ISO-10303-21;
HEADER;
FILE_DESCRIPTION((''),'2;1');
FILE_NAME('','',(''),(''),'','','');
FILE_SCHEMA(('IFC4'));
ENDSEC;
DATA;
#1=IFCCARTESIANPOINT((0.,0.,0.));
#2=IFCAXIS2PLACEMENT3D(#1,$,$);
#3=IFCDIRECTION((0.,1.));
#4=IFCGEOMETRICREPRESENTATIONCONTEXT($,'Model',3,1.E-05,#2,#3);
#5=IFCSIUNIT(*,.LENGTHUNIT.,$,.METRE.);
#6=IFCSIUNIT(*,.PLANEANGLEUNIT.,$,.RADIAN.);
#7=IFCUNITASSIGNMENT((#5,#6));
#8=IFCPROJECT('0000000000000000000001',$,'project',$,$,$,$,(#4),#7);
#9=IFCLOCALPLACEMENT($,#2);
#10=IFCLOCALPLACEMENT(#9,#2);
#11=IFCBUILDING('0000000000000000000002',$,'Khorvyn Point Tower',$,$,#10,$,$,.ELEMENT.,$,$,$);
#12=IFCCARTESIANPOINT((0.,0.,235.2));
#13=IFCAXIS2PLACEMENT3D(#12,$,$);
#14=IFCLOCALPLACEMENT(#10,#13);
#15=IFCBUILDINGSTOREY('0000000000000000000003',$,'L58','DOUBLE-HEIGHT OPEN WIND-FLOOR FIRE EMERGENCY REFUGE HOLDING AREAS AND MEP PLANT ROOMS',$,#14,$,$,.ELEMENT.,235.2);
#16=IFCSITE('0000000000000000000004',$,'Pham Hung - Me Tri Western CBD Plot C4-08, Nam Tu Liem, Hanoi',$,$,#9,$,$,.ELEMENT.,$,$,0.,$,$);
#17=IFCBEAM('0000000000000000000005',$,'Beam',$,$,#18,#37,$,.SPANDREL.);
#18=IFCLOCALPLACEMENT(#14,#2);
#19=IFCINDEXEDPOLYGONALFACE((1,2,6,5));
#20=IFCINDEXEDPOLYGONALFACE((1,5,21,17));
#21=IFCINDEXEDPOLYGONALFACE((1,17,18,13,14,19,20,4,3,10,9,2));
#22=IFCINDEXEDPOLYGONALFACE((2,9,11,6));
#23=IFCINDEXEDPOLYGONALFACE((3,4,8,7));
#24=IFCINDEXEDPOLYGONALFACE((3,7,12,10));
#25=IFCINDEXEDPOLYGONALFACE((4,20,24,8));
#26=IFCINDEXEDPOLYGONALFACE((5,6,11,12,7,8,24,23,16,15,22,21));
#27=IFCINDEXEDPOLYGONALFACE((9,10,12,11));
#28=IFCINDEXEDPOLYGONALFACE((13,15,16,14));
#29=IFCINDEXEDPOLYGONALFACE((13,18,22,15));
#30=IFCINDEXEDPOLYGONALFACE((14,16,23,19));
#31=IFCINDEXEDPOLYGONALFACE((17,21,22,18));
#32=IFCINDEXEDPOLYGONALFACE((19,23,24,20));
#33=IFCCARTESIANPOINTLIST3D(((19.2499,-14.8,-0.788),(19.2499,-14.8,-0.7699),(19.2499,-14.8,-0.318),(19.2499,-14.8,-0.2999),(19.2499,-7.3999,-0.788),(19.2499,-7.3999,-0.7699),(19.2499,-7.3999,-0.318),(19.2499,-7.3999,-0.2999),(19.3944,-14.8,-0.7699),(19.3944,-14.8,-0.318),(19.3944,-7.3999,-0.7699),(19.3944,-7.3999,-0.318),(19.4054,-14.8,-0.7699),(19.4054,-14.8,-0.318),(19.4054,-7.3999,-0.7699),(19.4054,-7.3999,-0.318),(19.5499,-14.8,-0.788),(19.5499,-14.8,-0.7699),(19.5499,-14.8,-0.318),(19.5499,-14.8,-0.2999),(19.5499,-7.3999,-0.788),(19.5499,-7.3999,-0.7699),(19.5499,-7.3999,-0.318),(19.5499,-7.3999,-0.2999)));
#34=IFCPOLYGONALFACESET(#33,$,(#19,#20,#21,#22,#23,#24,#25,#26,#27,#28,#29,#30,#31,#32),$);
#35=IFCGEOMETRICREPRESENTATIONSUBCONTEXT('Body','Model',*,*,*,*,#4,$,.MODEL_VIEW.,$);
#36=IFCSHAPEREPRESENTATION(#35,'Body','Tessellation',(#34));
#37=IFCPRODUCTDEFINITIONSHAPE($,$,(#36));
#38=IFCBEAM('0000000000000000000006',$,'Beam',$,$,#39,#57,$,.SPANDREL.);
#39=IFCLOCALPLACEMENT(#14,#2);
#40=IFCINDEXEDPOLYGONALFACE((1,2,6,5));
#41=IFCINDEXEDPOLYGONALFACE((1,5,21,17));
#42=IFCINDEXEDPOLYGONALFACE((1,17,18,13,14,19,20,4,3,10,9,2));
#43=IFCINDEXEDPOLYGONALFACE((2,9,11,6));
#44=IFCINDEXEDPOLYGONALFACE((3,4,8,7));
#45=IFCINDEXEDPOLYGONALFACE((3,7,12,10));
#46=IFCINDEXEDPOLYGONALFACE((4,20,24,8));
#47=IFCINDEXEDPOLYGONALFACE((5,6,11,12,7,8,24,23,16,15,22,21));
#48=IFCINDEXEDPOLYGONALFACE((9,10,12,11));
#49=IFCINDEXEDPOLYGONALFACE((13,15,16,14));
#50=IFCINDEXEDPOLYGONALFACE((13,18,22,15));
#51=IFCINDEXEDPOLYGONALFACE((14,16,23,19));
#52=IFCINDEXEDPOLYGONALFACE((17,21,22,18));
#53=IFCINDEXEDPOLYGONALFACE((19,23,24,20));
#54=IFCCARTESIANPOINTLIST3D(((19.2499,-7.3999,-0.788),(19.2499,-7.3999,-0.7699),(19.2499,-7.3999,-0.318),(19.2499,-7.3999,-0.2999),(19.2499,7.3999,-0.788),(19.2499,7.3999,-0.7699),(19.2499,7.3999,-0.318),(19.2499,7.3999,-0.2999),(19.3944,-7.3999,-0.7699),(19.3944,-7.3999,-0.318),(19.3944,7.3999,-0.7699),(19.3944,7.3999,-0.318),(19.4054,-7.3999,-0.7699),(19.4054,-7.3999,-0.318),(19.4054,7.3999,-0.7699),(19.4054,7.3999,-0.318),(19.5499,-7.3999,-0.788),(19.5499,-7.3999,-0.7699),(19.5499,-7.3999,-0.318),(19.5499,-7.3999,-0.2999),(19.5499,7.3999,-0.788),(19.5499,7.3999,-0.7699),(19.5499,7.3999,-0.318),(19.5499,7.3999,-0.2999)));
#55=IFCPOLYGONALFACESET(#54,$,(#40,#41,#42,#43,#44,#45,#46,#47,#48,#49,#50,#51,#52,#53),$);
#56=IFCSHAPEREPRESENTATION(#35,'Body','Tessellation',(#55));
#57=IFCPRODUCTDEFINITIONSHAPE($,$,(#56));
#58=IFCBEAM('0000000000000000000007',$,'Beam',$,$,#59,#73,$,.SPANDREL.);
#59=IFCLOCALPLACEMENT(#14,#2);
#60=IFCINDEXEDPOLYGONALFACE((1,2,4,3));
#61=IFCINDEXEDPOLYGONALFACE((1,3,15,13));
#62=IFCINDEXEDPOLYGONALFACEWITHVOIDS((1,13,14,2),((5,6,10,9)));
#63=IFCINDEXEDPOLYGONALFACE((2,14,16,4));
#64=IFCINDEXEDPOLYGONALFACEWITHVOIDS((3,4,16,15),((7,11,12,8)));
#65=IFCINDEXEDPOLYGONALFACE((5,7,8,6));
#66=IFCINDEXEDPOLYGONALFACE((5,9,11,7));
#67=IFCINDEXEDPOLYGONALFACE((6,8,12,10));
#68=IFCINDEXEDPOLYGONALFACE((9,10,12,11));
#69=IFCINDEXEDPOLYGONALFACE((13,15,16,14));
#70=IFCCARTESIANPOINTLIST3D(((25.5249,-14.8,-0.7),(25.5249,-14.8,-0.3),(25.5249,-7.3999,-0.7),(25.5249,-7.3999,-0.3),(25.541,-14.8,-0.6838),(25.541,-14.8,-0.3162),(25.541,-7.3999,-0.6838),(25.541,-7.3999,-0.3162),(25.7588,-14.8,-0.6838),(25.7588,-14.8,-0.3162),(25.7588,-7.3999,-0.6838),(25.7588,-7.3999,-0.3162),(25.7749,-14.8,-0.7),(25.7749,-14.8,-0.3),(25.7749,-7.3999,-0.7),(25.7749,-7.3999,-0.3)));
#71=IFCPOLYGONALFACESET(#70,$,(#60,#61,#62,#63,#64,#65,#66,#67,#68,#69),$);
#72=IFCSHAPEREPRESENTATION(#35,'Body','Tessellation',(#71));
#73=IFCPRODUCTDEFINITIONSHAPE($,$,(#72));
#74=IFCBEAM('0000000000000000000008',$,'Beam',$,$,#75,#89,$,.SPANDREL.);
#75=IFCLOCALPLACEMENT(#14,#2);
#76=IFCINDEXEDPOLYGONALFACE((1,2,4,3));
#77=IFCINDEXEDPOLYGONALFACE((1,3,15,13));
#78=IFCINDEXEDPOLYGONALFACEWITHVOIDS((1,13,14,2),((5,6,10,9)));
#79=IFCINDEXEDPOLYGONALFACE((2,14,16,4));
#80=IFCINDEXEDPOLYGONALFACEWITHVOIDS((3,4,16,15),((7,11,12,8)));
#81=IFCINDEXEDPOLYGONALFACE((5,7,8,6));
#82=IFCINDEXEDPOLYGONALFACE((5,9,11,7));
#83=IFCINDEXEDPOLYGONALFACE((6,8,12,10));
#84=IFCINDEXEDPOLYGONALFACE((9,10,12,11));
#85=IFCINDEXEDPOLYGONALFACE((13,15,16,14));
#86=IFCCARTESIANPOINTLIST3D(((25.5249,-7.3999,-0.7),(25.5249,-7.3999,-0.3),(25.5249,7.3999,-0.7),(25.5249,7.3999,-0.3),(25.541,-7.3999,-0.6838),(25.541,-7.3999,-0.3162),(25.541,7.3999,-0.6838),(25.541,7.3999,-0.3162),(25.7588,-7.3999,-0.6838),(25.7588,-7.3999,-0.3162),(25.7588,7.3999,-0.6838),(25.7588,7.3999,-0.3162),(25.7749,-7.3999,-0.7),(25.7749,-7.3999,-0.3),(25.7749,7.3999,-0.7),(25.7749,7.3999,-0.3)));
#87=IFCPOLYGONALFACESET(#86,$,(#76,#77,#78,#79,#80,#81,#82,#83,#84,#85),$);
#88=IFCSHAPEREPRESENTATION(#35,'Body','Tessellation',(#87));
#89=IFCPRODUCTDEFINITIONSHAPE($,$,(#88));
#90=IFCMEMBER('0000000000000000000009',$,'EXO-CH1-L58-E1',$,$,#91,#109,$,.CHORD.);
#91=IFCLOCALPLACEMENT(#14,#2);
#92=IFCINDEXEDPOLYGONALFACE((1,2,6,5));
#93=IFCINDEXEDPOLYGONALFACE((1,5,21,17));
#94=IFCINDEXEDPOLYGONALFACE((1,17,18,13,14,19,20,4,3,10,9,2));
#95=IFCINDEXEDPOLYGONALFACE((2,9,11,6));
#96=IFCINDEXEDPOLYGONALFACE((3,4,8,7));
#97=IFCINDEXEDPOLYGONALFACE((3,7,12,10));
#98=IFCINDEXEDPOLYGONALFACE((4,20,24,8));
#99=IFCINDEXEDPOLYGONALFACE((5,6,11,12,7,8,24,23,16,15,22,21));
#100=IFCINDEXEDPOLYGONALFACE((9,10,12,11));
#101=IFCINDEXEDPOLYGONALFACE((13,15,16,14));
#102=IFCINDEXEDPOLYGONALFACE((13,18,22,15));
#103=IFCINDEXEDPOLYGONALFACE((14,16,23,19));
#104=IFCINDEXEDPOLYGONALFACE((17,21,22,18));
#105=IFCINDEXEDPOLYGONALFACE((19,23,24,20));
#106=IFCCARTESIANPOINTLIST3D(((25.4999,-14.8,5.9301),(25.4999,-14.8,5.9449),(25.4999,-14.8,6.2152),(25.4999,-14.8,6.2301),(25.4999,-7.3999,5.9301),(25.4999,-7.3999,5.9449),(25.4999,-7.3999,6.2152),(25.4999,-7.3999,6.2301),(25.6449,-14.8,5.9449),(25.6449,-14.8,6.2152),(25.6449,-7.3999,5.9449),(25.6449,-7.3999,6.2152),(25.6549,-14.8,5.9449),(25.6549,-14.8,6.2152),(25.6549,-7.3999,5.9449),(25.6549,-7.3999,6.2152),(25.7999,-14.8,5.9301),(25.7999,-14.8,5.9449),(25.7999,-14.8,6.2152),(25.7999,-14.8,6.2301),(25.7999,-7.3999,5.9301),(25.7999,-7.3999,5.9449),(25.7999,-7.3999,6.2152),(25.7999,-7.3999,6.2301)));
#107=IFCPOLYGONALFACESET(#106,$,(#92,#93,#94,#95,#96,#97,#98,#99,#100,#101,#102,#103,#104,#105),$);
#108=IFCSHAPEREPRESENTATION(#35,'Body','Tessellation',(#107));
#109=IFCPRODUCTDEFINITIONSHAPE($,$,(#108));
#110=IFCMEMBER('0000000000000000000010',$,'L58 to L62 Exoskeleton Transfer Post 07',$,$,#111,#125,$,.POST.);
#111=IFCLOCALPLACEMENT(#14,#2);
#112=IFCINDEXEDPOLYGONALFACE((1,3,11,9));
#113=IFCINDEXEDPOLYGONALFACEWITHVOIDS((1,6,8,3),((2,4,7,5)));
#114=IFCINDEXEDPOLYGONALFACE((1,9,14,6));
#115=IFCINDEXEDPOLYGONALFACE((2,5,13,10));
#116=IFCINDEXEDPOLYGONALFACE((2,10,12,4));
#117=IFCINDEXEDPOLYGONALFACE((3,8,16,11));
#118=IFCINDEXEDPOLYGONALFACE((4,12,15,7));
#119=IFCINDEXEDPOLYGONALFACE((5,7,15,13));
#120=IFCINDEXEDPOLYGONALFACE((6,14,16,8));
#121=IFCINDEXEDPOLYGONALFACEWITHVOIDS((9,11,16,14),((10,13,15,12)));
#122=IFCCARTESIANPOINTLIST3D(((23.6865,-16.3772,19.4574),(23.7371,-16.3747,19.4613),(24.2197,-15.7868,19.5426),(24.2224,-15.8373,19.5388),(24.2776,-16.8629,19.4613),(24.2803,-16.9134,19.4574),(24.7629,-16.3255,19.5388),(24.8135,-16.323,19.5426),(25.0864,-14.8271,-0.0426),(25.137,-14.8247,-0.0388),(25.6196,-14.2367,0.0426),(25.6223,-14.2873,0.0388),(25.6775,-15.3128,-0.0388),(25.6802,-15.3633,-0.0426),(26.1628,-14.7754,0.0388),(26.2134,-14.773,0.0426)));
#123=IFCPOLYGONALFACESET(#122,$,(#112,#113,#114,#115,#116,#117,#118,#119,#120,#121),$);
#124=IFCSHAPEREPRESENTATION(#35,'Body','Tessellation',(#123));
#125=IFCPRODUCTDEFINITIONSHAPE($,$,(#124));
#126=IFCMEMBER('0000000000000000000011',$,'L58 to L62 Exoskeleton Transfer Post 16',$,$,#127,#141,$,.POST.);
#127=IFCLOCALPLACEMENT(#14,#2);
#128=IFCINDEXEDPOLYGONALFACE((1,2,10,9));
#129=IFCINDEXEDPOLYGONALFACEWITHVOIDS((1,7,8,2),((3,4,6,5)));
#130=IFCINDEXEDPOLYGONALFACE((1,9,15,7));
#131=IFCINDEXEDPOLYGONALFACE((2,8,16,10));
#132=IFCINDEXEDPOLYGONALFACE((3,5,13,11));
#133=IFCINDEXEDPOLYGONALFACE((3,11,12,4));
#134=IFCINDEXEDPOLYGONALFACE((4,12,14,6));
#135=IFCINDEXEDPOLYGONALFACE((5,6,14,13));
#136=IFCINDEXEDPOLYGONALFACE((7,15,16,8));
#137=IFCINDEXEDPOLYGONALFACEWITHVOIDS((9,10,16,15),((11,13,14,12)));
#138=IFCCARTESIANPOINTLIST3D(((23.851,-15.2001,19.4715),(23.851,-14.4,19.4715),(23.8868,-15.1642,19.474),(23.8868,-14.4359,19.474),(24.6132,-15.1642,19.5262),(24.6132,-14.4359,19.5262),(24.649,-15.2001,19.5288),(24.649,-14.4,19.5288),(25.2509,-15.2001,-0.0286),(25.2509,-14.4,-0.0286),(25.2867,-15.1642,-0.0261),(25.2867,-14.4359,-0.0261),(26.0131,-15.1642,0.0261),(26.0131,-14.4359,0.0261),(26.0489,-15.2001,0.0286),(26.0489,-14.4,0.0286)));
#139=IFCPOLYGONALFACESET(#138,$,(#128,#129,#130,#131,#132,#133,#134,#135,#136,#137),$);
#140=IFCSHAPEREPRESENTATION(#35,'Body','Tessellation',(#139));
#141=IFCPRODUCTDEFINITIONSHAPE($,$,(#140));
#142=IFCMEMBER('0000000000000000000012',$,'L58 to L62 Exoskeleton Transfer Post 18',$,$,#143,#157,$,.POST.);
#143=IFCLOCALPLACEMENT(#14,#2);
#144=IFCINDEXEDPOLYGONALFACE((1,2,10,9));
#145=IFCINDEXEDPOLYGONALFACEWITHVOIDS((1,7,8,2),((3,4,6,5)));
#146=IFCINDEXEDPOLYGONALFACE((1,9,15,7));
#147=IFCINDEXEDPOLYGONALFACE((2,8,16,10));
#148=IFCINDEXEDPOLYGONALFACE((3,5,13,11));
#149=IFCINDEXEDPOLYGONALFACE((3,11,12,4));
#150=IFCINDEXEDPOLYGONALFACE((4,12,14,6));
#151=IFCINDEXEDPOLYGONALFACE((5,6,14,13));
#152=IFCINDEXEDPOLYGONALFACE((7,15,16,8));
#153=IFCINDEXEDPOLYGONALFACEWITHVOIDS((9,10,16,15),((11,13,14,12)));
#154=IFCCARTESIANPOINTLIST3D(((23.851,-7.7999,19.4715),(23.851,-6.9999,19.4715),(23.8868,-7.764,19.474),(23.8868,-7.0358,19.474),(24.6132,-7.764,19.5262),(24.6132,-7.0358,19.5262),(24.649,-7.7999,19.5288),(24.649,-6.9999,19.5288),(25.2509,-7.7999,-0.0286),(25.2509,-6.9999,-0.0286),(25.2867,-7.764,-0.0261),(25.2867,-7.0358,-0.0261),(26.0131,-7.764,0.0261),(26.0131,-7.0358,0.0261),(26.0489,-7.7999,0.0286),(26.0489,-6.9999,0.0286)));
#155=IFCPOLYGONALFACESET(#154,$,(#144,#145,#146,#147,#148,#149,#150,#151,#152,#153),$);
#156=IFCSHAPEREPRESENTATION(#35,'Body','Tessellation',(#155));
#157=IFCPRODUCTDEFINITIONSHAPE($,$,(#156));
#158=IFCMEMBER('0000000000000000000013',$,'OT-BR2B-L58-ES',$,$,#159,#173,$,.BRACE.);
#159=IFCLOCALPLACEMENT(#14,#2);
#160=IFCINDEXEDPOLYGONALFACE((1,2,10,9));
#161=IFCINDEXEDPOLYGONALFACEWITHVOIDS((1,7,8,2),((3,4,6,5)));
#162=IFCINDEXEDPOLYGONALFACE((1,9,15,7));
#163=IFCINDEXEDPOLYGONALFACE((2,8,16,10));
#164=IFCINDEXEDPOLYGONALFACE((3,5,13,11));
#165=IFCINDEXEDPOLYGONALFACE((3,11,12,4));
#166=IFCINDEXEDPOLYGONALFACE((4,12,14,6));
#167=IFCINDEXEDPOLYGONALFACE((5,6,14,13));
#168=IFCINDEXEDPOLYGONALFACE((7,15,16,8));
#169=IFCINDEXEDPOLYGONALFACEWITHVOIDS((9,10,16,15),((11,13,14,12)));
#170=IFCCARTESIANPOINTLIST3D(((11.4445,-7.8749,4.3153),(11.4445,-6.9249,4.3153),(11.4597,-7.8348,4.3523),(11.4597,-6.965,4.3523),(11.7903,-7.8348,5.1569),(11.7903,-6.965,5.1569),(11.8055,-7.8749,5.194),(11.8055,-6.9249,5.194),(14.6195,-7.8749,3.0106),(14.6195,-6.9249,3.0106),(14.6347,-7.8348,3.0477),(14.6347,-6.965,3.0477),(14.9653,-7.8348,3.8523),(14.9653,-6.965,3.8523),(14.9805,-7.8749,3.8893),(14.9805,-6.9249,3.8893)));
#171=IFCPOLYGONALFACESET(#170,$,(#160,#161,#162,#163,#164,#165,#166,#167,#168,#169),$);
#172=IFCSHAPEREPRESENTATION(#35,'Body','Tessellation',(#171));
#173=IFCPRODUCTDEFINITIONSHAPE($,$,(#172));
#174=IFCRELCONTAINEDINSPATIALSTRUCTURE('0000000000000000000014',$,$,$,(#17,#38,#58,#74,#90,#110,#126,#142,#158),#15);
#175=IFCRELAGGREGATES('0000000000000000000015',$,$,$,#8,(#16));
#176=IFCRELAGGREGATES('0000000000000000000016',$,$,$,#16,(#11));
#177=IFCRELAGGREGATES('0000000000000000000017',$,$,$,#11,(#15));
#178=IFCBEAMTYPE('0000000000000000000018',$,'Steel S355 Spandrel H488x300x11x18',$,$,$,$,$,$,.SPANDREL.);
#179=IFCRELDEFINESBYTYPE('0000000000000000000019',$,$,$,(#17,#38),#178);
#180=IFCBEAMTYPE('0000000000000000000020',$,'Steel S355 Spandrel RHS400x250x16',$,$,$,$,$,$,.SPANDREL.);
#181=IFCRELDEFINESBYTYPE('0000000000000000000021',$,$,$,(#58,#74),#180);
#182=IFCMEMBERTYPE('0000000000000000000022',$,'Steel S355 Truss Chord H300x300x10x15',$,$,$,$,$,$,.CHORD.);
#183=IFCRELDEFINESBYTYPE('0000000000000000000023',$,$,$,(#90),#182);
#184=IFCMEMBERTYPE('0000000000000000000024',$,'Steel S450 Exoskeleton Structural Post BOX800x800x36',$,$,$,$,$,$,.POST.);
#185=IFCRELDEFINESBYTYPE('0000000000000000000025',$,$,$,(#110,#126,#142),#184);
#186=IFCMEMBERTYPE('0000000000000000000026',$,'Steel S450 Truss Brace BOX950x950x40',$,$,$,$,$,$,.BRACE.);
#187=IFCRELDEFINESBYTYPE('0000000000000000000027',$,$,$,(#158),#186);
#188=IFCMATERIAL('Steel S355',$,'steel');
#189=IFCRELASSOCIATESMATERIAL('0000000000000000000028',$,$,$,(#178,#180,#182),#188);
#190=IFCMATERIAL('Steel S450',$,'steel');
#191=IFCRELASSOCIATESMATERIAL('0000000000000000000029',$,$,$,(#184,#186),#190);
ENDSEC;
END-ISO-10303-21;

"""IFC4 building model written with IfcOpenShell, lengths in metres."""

from ifc_helpers import new_model, si_unit, direction, frame, origin, origin_2d, place, context, subcontext, project, spatial, hollow_rectangle, i_section, extrude, material, material_profile, profile_set, type_object, element, save


model = new_model("IFC4")

# Units and contexts
model_context = context("Model", 3, precision=1e-05, world=origin(), true_north=direction((0.0, 1.0)))
body_context = subcontext(model_context, "Body", "Model", "MODEL_VIEW")
ifc_project = project(units=[si_unit("LENGTHUNIT", "METRE"), si_unit("PLANEANGLEUNIT", "RADIAN")], contexts=[model_context])

# Site, building, storey
site_placement = place(None, origin())
site = spatial("IfcSite", under=ifc_project, at=site_placement, Name="Pham Hung - Me Tri Western CBD Plot C4-08, Nam Tu Liem, Hanoi", CompositionType="ELEMENT", RefElevation=0.0)
building_placement = place(site_placement, origin())
building = spatial("IfcBuilding", under=site, at=building_placement, Name="Khorvyn Point Tower", CompositionType="ELEMENT")
storey_placement = place(building_placement, frame((0.0, 0.0, 235.2)))
storey = spatial("IfcBuildingStorey", under=building, at=storey_placement, Name="L58", Description="DOUBLE-HEIGHT OPEN WIND-FLOOR FIRE EMERGENCY REFUGE HOLDING AREAS AND MEP PLANT ROOMS", CompositionType="ELEMENT", Elevation=235.2)

# Shared definitions
ifc_material_1 = material(Name="Steel S450", Category="steel")

# Beams
ifc_material_2 = material(Name="Steel S355", Category="steel")
ifc_material_profile_1 = material_profile(ifc_material_2, i_section(OverallWidth=0.3, OverallDepth=0.488, WebThickness=0.011, FlangeThickness=0.0181, at=origin_2d()))
ifc_profile_set_1 = profile_set([ifc_material_profile_1], Name="Steel S355 H488x300x11x18")
beam_type_1 = type_object("IfcBeamType", Name="Steel S355 Spandrel H488x300x11x18", PredefinedType="SPANDREL", material=ifc_profile_set_1)
beam_1_placement = place(storey_placement, frame((19.3999, -14.8, -0.5439), z_axis=(0.0, 1.0, 0.0), x_axis=(-1.0, 0.0, 0.0)))
element("IfcBeam", 1, at=beam_1_placement, inside=storey, type_object=beam_type_1, Name="Beam", PredefinedType="SPANDREL", context=body_context, shape_type="SweptSolid", body=[
    extrude(i_section(OverallWidth=0.3, OverallDepth=0.488, WebThickness=0.011, FlangeThickness=0.0181, at=origin_2d()), origin(), (0.0, 0.0, 1.0), 7.4001),
])
beam_2_placement = place(storey_placement, frame((19.3999, -7.3999, -0.5439), z_axis=(0.0, 1.0, 0.0), x_axis=(-1.0, 0.0, 0.0)))
element("IfcBeam", 2, at=beam_2_placement, inside=storey, type_object=beam_type_1, Name="Beam", PredefinedType="SPANDREL", context=body_context, shape_type="SweptSolid", body=[
    extrude(i_section(OverallWidth=0.3, OverallDepth=0.488, WebThickness=0.011, FlangeThickness=0.0181, at=origin_2d()), origin(), (0.0, 0.0, 1.0), 14.7998),
])
ifc_material_profile_2 = material_profile(ifc_material_2, hollow_rectangle(XDim=0.25, YDim=0.3999, WallThickness=0.0161, at=origin_2d()))
ifc_profile_set_2 = profile_set([ifc_material_profile_2], Name="Steel S355 RHS400x250x16")
beam_type_2 = type_object("IfcBeamType", Name="Steel S355 Spandrel RHS400x250x16", PredefinedType="SPANDREL", material=ifc_profile_set_2)
beam_3_placement = place(storey_placement, frame((25.6499, -14.8, -0.5), z_axis=(0.0, 1.0, 0.0), x_axis=(-1.0, 0.0, 0.0)))
element("IfcBeam", 3, at=beam_3_placement, inside=storey, type_object=beam_type_2, Name="Beam", PredefinedType="SPANDREL", context=body_context, shape_type="SweptSolid", body=[
    extrude(hollow_rectangle(XDim=0.25, YDim=0.3999, WallThickness=0.0161, at=origin_2d()), origin(), (0.0, 0.0, 1.0), 7.4001),
])
beam_4_placement = place(storey_placement, frame((25.6499, -7.3999, -0.5), z_axis=(0.0, 1.0, 0.0), x_axis=(-1.0, 0.0, 0.0)))
element("IfcBeam", 4, at=beam_4_placement, inside=storey, type_object=beam_type_2, Name="Beam", PredefinedType="SPANDREL", context=body_context, shape_type="SweptSolid", body=[
    extrude(hollow_rectangle(XDim=0.25, YDim=0.3999, WallThickness=0.0161, at=origin_2d()), origin(), (0.0, 0.0, 1.0), 14.7998),
])

# Members
ifc_material_profile_3 = material_profile(ifc_material_2, i_section(OverallWidth=0.3, OverallDepth=0.3, WebThickness=0.01, FlangeThickness=0.0149, at=origin_2d()))
ifc_profile_set_3 = profile_set([ifc_material_profile_3], Name="Steel S355 H300x300x10x15")
member_type_1 = type_object("IfcMemberType", Name="Steel S355 Truss Chord H300x300x10x15", PredefinedType="CHORD", material=ifc_profile_set_3)
member_1_placement = place(storey_placement, frame((25.6499, -14.8, 6.0801), z_axis=(0.0, 1.0, 0.0), x_axis=(-1.0, 0.0, 0.0)))
element("IfcMember", 5, at=member_1_placement, inside=storey, type_object=member_type_1, Name="EXO-CH1-L58-E1", PredefinedType="CHORD", context=body_context, shape_type="SweptSolid", body=[
    extrude(i_section(OverallWidth=0.3, OverallDepth=0.3, WebThickness=0.01, FlangeThickness=0.0149, at=origin_2d()), origin(), (0.0, 0.0, 1.0), 7.4001),
])
ifc_material_profile_4 = material_profile(ifc_material_1, hollow_rectangle(XDim=0.8, YDim=0.8, WallThickness=0.0359, at=origin_2d()))
ifc_profile_set_4 = profile_set([ifc_material_profile_4], Name="Steel S450 BOX800x800x36")
member_type_2 = type_object("IfcMemberType", Name="Steel S450 Exoskeleton Structural Post BOX800x800x36", PredefinedType="POST", material=ifc_profile_set_4)
member_2_placement = place(storey_placement, frame((25.6499, -14.8, 0.0), z_axis=(-0.071382, -0.079038, 0.994313), x_axis=(0.742136, -0.670249, 0.0)))
element("IfcMember", 6, at=member_2_placement, inside=storey, type_object=member_type_2, Name="L58 to L62 Exoskeleton Transfer Post 07", PredefinedType="POST", context=body_context, shape_type="SweptSolid", body=[
    extrude(hollow_rectangle(XDim=0.8, YDim=0.8, WallThickness=0.0359, at=origin_2d()), origin(), (0.0, 0.0, 1.0), 19.6116),
])
for number, where, z_axis, x_axis, name in (
    (7, (25.6499, -14.8, 0.0), (-0.071606, 0.0, 0.997433), (0.0, -1.0, 0.0), "L58 to L62 Exoskeleton Transfer Post 16"),
    (8, (25.6499, -7.3999, 0.0), (-0.071606, 0.0, 0.997433), (0.0, -1.0, 0.0), "L58 to L62 Exoskeleton Transfer Post 18"),
):
    element("IfcMember", number, at=place(storey_placement, frame(where, z_axis=z_axis, x_axis=x_axis)), inside=storey, type_object=member_type_2, Name=name, PredefinedType="POST", context=body_context, shape_type="SweptSolid", body=[
        extrude(hollow_rectangle(XDim=0.8, YDim=0.8, WallThickness=0.0359, at=origin_2d()), origin(), (0.0, 0.0, 1.0), 19.5503),
    ])
ifc_material_profile_5 = material_profile(ifc_material_1, hollow_rectangle(XDim=0.95, YDim=0.95, WallThickness=0.04, at=origin_2d()))
ifc_profile_set_5 = profile_set([ifc_material_profile_5], Name="Steel S450 BOX950x950x40")
member_type_3 = type_object("IfcMemberType", Name="Steel S450 Truss Brace BOX950x950x40", PredefinedType="BRACE", material=ifc_profile_set_5)
member_3_placement = place(storey_placement, frame((11.625, -7.3999, 4.7546), z_axis=(0.924953, 0.0, -0.380081), x_axis=(0.0, 1.0, 0.0)))
element("IfcMember", 9, at=member_3_placement, inside=storey, type_object=member_type_3, Name="OT-BR2B-L58-ES", PredefinedType="BRACE", context=body_context, shape_type="SweptSolid", body=[
    extrude(hollow_rectangle(XDim=0.95, YDim=0.95, WallThickness=0.04, at=origin_2d()), origin(), (0.0, 0.0, 1.0), 3.4326),
])

save(model, "model.ifc")
